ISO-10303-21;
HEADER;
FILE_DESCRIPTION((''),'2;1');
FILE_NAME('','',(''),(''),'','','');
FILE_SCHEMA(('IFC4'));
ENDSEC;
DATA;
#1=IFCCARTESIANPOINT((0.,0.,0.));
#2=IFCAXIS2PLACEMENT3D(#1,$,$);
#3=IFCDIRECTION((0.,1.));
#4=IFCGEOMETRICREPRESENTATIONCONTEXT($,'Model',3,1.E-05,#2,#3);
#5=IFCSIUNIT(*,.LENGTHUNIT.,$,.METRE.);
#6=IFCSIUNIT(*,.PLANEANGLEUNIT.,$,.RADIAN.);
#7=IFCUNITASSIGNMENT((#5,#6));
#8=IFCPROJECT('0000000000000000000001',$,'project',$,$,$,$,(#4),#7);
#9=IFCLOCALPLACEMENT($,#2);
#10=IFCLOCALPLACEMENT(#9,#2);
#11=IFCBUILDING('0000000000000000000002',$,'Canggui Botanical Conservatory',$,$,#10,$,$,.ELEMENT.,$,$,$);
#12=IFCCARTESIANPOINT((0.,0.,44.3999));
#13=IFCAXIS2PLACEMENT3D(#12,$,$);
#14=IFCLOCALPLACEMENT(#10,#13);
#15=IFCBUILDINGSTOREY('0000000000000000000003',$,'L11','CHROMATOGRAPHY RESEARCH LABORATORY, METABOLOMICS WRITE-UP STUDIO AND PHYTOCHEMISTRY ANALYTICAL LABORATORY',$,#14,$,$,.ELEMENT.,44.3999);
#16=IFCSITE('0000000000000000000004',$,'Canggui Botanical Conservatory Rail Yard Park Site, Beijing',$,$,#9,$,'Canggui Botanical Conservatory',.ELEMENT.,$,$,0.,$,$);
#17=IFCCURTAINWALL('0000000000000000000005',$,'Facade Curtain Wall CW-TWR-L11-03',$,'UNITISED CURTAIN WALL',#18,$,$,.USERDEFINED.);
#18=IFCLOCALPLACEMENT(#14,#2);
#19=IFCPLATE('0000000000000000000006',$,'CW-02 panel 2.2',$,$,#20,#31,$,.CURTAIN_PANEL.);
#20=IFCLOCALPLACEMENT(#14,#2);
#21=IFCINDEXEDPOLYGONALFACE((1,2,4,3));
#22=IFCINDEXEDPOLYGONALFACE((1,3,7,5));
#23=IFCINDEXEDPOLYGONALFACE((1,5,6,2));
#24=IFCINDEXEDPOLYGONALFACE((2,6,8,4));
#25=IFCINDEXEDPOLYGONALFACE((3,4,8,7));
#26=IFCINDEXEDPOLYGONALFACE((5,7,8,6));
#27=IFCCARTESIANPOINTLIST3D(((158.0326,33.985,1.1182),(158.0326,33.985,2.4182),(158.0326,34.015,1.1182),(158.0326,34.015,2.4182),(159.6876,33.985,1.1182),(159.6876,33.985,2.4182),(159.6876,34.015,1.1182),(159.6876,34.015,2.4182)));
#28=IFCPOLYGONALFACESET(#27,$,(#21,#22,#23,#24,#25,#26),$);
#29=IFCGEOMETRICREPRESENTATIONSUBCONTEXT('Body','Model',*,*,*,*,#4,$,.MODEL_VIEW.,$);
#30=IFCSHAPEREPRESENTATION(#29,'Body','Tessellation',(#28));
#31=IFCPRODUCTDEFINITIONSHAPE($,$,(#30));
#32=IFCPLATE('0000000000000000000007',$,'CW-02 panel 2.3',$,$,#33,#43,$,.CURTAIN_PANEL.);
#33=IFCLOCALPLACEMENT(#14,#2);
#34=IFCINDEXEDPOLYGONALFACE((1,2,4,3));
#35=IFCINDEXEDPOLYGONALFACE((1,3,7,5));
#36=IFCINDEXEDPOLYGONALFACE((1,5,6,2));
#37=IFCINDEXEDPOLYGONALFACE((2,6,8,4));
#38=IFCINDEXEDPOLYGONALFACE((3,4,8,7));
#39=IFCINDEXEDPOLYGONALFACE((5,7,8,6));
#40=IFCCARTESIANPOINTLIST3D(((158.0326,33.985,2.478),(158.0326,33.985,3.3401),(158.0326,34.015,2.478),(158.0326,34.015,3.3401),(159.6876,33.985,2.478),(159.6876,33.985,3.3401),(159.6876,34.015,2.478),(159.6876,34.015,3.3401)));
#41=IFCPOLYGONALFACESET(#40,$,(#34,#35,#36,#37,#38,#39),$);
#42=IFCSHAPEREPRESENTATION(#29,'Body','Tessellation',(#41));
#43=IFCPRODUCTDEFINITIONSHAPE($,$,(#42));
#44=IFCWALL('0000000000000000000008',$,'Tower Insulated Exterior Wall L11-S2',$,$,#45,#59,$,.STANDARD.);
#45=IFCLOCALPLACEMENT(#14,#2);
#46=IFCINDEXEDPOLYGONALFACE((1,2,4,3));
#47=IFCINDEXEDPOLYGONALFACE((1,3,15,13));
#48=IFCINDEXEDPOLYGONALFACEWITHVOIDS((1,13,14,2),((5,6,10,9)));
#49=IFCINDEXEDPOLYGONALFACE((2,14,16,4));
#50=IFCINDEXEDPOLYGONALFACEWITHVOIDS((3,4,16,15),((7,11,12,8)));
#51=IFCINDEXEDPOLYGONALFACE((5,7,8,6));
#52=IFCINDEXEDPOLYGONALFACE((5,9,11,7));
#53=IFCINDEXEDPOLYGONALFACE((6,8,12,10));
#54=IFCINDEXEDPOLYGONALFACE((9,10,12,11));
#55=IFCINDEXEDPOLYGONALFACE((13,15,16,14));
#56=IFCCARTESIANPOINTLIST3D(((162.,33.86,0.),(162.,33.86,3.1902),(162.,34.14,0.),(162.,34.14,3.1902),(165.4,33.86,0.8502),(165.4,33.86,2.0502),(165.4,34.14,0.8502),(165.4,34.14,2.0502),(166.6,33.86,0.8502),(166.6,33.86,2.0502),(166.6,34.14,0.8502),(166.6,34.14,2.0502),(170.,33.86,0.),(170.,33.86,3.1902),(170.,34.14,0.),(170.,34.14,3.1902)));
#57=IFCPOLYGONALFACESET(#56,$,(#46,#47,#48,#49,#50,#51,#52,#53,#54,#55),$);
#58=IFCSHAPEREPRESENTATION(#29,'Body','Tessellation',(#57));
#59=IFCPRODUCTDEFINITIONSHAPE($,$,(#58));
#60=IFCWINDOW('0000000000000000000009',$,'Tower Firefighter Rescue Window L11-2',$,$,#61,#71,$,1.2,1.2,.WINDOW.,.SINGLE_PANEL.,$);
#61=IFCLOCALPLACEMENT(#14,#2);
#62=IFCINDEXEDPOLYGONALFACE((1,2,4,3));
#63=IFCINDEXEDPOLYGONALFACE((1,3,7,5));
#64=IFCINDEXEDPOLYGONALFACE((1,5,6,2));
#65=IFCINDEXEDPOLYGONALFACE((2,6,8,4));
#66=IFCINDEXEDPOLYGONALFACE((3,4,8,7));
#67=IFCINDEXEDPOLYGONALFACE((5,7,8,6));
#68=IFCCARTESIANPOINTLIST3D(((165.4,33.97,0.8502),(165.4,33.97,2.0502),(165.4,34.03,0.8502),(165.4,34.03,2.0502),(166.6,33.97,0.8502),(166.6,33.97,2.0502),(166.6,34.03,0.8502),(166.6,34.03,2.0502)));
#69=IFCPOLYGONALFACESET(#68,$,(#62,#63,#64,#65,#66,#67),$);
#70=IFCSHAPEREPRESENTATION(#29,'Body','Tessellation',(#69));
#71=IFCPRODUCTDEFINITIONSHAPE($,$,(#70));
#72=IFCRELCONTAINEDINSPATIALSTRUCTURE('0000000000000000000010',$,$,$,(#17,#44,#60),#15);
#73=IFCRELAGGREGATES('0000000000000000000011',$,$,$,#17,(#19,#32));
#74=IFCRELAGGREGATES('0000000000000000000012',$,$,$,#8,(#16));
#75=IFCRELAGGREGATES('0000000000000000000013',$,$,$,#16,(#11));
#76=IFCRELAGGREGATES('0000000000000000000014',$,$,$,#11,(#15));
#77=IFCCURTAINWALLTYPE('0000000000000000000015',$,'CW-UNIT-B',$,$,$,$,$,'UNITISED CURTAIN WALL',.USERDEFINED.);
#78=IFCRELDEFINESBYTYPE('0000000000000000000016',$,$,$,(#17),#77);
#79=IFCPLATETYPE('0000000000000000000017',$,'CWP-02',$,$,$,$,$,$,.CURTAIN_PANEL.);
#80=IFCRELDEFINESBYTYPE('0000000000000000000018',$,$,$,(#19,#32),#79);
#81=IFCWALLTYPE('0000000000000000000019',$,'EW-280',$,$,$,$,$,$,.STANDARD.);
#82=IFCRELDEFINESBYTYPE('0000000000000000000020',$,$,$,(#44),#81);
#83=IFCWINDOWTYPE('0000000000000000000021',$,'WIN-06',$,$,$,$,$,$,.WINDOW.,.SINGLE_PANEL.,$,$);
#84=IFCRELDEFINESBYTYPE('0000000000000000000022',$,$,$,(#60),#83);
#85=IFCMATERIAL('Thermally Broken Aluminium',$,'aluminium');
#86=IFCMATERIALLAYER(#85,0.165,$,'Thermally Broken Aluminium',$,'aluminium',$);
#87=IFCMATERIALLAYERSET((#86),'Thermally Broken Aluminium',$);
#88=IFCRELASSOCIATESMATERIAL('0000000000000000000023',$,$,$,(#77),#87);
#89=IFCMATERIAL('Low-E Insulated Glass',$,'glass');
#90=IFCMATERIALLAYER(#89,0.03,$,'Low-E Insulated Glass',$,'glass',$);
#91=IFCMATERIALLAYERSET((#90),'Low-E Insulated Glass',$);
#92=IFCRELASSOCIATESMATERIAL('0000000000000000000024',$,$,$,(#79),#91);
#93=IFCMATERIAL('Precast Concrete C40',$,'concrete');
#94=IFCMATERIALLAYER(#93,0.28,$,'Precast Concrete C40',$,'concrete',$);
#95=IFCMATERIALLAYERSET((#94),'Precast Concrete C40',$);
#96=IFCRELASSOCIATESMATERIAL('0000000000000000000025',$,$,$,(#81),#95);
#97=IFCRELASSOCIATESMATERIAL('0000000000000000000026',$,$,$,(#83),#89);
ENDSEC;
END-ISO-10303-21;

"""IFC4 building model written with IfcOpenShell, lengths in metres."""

from ifc_helpers import new_model, si_unit, direction, frame, frame_2d, origin, origin_2d, place, context, subcontext, project, spatial, rectangle, extrude, material, layer, layer_set, type_object, element, fill, aggregate, save


model = new_model("IFC4")

# Units and contexts
model_context = context("Model", 3, precision=1e-05, world=origin(), true_north=direction((0.0, 1.0)))
body_context = subcontext(model_context, "Body", "Model", "MODEL_VIEW")
ifc_project = project(units=[si_unit("LENGTHUNIT", "METRE"), si_unit("PLANEANGLEUNIT", "RADIAN")], contexts=[model_context])

# Site, building, storey
site_placement = place(None, origin())
site = spatial("IfcSite", under=ifc_project, at=site_placement, Name="Canggui Botanical Conservatory Rail Yard Park Site, Beijing", LongName="Canggui Botanical Conservatory", CompositionType="ELEMENT", RefElevation=0.0)
building_placement = place(site_placement, origin())
building = spatial("IfcBuilding", under=site, at=building_placement, Name="Canggui Botanical Conservatory", CompositionType="ELEMENT")
storey_placement = place(building_placement, frame((0.0, 0.0, 44.3999)))
storey = spatial("IfcBuildingStorey", under=building, at=storey_placement, Name="L11", Description="CHROMATOGRAPHY RESEARCH LABORATORY, METABOLOMICS WRITE-UP STUDIO AND PHYTOCHEMISTRY ANALYTICAL LABORATORY", CompositionType="ELEMENT", Elevation=44.3999)

# Shared definitions
ifc_material_1 = material(Name="Thermally Broken Aluminium", Category="aluminium")
ifc_layer_1 = layer(ifc_material_1, 0.165, Name="Thermally Broken Aluminium", Category="aluminium")
ifc_layer_set_1 = layer_set([ifc_layer_1], Name="Thermally Broken Aluminium")
curtain_wall_type = type_object("IfcCurtainWallType", Name="CW-UNIT-B", ElementType="UNITISED CURTAIN WALL", PredefinedType="USERDEFINED", material=ifc_layer_set_1)

# Curtain wall
curtain_wall_1_placement = place(storey_placement, origin())
curtain_wall_1 = element("IfcCurtainWall", 1, at=curtain_wall_1_placement, inside=storey, type_object=curtain_wall_type, Name="Facade Curtain Wall CW-TWR-L11-03", ObjectType="UNITISED CURTAIN WALL", PredefinedType="USERDEFINED")

# Plates
ifc_material_2 = material(Name="Low-E Insulated Glass", Category="glass")
ifc_layer_2 = layer(ifc_material_2, 0.03, Name="Low-E Insulated Glass", Category="glass")
ifc_layer_set_2 = layer_set([ifc_layer_2], Name="Low-E Insulated Glass")
plate_type = type_object("IfcPlateType", Name="CWP-02", PredefinedType="CURTAIN_PANEL", material=ifc_layer_set_2)
plate_1_placement = place(storey_placement, frame((158.8601, 34.0, 1.1182), z_axis=(0.0, 0.0, 1.0), x_axis=(-1.0, 0.0, 0.0)))
plate_1 = element("IfcPlate", 2, at=plate_1_placement, type_object=plate_type, Name="CW-02 panel 2.2", PredefinedType="CURTAIN_PANEL", context=body_context, shape_type="SweptSolid", body=[
    extrude(rectangle(XDim=1.655, YDim=0.03, at=origin_2d()), origin(), (0.0, 0.0, 1.0), 1.3),
])
plate_2_placement = place(storey_placement, frame((158.8601, 34.0, 2.478), z_axis=(0.0, 0.0, 1.0), x_axis=(-1.0, 0.0, 0.0)))
plate_2 = element("IfcPlate", 3, at=plate_2_placement, type_object=plate_type, Name="CW-02 panel 2.3", PredefinedType="CURTAIN_PANEL", context=body_context, shape_type="SweptSolid", body=[
    extrude(rectangle(XDim=1.655, YDim=0.03, at=origin_2d()), origin(), (0.0, 0.0, 1.0), 0.8621),
])
aggregate(curtain_wall_1, [plate_1, plate_2])

# Wall, opening, window
ifc_material_3 = material(Name="Precast Concrete C40", Category="concrete")
ifc_layer_3 = layer(ifc_material_3, 0.28, Name="Precast Concrete C40", Category="concrete")
ifc_layer_set_3 = layer_set([ifc_layer_3], Name="Precast Concrete C40")
wall_type = type_object("IfcWallType", Name="EW-280", PredefinedType="STANDARD", material=ifc_layer_set_3)
wall_placement = place(storey_placement, frame((170.0, 34.0, 0.0), z_axis=(0.0, 0.0, 1.0), x_axis=(-1.0, 0.0, 0.0)))
wall = element("IfcWall", 4, at=wall_placement, inside=storey, type_object=wall_type, Name="Tower Insulated Exterior Wall L11-S2", PredefinedType="STANDARD", context=body_context, shape_type="SweptSolid", body=[
    extrude(rectangle(XDim=8.0, YDim=0.28, at=frame_2d((4.0, 0.0))), origin(), (0.0, 0.0, 1.0), 3.1902),
])
opening_placement = place(wall_placement, frame((3.3999, 0.0, 0.8501)))
opening = element("IfcOpeningElement", 5, at=opening_placement, cuts=wall, PredefinedType="OPENING", context=body_context, shape_type="SweptSolid", body=[
    extrude(rectangle(XDim=1.2, YDim=1.2, at=frame_2d((0.6001, 0.6001))), frame((0.0, 0.1499, 0.0), z_axis=(0.0, -1.0, 0.0), x_axis=(1.0, 0.0, 0.0)), (0.0, 0.0, 1.0), 0.3),
])
window_type = type_object("IfcWindowType", Name="WIN-06", PartitioningType="SINGLE_PANEL", PredefinedType="WINDOW", material=ifc_material_2)
window_placement = place(opening_placement, origin())
window = element("IfcWindow", 6, at=window_placement, inside=storey, type_object=window_type, Name="Tower Firefighter Rescue Window L11-2", OverallHeight=1.2, OverallWidth=1.2, PartitioningType="SINGLE_PANEL", PredefinedType="WINDOW", context=body_context, shape_type="SweptSolid", body=[
    extrude(rectangle(XDim=1.2, YDim=1.2, at=frame_2d((0.6001, 0.6001))), frame((0.0, 0.03, 0.0), z_axis=(0.0, -1.0, 0.0), x_axis=(1.0, 0.0, 0.0)), (0.0, 0.0, 1.0), 0.0601),
])
fill(opening, window)

save(model, "model.ifc")
